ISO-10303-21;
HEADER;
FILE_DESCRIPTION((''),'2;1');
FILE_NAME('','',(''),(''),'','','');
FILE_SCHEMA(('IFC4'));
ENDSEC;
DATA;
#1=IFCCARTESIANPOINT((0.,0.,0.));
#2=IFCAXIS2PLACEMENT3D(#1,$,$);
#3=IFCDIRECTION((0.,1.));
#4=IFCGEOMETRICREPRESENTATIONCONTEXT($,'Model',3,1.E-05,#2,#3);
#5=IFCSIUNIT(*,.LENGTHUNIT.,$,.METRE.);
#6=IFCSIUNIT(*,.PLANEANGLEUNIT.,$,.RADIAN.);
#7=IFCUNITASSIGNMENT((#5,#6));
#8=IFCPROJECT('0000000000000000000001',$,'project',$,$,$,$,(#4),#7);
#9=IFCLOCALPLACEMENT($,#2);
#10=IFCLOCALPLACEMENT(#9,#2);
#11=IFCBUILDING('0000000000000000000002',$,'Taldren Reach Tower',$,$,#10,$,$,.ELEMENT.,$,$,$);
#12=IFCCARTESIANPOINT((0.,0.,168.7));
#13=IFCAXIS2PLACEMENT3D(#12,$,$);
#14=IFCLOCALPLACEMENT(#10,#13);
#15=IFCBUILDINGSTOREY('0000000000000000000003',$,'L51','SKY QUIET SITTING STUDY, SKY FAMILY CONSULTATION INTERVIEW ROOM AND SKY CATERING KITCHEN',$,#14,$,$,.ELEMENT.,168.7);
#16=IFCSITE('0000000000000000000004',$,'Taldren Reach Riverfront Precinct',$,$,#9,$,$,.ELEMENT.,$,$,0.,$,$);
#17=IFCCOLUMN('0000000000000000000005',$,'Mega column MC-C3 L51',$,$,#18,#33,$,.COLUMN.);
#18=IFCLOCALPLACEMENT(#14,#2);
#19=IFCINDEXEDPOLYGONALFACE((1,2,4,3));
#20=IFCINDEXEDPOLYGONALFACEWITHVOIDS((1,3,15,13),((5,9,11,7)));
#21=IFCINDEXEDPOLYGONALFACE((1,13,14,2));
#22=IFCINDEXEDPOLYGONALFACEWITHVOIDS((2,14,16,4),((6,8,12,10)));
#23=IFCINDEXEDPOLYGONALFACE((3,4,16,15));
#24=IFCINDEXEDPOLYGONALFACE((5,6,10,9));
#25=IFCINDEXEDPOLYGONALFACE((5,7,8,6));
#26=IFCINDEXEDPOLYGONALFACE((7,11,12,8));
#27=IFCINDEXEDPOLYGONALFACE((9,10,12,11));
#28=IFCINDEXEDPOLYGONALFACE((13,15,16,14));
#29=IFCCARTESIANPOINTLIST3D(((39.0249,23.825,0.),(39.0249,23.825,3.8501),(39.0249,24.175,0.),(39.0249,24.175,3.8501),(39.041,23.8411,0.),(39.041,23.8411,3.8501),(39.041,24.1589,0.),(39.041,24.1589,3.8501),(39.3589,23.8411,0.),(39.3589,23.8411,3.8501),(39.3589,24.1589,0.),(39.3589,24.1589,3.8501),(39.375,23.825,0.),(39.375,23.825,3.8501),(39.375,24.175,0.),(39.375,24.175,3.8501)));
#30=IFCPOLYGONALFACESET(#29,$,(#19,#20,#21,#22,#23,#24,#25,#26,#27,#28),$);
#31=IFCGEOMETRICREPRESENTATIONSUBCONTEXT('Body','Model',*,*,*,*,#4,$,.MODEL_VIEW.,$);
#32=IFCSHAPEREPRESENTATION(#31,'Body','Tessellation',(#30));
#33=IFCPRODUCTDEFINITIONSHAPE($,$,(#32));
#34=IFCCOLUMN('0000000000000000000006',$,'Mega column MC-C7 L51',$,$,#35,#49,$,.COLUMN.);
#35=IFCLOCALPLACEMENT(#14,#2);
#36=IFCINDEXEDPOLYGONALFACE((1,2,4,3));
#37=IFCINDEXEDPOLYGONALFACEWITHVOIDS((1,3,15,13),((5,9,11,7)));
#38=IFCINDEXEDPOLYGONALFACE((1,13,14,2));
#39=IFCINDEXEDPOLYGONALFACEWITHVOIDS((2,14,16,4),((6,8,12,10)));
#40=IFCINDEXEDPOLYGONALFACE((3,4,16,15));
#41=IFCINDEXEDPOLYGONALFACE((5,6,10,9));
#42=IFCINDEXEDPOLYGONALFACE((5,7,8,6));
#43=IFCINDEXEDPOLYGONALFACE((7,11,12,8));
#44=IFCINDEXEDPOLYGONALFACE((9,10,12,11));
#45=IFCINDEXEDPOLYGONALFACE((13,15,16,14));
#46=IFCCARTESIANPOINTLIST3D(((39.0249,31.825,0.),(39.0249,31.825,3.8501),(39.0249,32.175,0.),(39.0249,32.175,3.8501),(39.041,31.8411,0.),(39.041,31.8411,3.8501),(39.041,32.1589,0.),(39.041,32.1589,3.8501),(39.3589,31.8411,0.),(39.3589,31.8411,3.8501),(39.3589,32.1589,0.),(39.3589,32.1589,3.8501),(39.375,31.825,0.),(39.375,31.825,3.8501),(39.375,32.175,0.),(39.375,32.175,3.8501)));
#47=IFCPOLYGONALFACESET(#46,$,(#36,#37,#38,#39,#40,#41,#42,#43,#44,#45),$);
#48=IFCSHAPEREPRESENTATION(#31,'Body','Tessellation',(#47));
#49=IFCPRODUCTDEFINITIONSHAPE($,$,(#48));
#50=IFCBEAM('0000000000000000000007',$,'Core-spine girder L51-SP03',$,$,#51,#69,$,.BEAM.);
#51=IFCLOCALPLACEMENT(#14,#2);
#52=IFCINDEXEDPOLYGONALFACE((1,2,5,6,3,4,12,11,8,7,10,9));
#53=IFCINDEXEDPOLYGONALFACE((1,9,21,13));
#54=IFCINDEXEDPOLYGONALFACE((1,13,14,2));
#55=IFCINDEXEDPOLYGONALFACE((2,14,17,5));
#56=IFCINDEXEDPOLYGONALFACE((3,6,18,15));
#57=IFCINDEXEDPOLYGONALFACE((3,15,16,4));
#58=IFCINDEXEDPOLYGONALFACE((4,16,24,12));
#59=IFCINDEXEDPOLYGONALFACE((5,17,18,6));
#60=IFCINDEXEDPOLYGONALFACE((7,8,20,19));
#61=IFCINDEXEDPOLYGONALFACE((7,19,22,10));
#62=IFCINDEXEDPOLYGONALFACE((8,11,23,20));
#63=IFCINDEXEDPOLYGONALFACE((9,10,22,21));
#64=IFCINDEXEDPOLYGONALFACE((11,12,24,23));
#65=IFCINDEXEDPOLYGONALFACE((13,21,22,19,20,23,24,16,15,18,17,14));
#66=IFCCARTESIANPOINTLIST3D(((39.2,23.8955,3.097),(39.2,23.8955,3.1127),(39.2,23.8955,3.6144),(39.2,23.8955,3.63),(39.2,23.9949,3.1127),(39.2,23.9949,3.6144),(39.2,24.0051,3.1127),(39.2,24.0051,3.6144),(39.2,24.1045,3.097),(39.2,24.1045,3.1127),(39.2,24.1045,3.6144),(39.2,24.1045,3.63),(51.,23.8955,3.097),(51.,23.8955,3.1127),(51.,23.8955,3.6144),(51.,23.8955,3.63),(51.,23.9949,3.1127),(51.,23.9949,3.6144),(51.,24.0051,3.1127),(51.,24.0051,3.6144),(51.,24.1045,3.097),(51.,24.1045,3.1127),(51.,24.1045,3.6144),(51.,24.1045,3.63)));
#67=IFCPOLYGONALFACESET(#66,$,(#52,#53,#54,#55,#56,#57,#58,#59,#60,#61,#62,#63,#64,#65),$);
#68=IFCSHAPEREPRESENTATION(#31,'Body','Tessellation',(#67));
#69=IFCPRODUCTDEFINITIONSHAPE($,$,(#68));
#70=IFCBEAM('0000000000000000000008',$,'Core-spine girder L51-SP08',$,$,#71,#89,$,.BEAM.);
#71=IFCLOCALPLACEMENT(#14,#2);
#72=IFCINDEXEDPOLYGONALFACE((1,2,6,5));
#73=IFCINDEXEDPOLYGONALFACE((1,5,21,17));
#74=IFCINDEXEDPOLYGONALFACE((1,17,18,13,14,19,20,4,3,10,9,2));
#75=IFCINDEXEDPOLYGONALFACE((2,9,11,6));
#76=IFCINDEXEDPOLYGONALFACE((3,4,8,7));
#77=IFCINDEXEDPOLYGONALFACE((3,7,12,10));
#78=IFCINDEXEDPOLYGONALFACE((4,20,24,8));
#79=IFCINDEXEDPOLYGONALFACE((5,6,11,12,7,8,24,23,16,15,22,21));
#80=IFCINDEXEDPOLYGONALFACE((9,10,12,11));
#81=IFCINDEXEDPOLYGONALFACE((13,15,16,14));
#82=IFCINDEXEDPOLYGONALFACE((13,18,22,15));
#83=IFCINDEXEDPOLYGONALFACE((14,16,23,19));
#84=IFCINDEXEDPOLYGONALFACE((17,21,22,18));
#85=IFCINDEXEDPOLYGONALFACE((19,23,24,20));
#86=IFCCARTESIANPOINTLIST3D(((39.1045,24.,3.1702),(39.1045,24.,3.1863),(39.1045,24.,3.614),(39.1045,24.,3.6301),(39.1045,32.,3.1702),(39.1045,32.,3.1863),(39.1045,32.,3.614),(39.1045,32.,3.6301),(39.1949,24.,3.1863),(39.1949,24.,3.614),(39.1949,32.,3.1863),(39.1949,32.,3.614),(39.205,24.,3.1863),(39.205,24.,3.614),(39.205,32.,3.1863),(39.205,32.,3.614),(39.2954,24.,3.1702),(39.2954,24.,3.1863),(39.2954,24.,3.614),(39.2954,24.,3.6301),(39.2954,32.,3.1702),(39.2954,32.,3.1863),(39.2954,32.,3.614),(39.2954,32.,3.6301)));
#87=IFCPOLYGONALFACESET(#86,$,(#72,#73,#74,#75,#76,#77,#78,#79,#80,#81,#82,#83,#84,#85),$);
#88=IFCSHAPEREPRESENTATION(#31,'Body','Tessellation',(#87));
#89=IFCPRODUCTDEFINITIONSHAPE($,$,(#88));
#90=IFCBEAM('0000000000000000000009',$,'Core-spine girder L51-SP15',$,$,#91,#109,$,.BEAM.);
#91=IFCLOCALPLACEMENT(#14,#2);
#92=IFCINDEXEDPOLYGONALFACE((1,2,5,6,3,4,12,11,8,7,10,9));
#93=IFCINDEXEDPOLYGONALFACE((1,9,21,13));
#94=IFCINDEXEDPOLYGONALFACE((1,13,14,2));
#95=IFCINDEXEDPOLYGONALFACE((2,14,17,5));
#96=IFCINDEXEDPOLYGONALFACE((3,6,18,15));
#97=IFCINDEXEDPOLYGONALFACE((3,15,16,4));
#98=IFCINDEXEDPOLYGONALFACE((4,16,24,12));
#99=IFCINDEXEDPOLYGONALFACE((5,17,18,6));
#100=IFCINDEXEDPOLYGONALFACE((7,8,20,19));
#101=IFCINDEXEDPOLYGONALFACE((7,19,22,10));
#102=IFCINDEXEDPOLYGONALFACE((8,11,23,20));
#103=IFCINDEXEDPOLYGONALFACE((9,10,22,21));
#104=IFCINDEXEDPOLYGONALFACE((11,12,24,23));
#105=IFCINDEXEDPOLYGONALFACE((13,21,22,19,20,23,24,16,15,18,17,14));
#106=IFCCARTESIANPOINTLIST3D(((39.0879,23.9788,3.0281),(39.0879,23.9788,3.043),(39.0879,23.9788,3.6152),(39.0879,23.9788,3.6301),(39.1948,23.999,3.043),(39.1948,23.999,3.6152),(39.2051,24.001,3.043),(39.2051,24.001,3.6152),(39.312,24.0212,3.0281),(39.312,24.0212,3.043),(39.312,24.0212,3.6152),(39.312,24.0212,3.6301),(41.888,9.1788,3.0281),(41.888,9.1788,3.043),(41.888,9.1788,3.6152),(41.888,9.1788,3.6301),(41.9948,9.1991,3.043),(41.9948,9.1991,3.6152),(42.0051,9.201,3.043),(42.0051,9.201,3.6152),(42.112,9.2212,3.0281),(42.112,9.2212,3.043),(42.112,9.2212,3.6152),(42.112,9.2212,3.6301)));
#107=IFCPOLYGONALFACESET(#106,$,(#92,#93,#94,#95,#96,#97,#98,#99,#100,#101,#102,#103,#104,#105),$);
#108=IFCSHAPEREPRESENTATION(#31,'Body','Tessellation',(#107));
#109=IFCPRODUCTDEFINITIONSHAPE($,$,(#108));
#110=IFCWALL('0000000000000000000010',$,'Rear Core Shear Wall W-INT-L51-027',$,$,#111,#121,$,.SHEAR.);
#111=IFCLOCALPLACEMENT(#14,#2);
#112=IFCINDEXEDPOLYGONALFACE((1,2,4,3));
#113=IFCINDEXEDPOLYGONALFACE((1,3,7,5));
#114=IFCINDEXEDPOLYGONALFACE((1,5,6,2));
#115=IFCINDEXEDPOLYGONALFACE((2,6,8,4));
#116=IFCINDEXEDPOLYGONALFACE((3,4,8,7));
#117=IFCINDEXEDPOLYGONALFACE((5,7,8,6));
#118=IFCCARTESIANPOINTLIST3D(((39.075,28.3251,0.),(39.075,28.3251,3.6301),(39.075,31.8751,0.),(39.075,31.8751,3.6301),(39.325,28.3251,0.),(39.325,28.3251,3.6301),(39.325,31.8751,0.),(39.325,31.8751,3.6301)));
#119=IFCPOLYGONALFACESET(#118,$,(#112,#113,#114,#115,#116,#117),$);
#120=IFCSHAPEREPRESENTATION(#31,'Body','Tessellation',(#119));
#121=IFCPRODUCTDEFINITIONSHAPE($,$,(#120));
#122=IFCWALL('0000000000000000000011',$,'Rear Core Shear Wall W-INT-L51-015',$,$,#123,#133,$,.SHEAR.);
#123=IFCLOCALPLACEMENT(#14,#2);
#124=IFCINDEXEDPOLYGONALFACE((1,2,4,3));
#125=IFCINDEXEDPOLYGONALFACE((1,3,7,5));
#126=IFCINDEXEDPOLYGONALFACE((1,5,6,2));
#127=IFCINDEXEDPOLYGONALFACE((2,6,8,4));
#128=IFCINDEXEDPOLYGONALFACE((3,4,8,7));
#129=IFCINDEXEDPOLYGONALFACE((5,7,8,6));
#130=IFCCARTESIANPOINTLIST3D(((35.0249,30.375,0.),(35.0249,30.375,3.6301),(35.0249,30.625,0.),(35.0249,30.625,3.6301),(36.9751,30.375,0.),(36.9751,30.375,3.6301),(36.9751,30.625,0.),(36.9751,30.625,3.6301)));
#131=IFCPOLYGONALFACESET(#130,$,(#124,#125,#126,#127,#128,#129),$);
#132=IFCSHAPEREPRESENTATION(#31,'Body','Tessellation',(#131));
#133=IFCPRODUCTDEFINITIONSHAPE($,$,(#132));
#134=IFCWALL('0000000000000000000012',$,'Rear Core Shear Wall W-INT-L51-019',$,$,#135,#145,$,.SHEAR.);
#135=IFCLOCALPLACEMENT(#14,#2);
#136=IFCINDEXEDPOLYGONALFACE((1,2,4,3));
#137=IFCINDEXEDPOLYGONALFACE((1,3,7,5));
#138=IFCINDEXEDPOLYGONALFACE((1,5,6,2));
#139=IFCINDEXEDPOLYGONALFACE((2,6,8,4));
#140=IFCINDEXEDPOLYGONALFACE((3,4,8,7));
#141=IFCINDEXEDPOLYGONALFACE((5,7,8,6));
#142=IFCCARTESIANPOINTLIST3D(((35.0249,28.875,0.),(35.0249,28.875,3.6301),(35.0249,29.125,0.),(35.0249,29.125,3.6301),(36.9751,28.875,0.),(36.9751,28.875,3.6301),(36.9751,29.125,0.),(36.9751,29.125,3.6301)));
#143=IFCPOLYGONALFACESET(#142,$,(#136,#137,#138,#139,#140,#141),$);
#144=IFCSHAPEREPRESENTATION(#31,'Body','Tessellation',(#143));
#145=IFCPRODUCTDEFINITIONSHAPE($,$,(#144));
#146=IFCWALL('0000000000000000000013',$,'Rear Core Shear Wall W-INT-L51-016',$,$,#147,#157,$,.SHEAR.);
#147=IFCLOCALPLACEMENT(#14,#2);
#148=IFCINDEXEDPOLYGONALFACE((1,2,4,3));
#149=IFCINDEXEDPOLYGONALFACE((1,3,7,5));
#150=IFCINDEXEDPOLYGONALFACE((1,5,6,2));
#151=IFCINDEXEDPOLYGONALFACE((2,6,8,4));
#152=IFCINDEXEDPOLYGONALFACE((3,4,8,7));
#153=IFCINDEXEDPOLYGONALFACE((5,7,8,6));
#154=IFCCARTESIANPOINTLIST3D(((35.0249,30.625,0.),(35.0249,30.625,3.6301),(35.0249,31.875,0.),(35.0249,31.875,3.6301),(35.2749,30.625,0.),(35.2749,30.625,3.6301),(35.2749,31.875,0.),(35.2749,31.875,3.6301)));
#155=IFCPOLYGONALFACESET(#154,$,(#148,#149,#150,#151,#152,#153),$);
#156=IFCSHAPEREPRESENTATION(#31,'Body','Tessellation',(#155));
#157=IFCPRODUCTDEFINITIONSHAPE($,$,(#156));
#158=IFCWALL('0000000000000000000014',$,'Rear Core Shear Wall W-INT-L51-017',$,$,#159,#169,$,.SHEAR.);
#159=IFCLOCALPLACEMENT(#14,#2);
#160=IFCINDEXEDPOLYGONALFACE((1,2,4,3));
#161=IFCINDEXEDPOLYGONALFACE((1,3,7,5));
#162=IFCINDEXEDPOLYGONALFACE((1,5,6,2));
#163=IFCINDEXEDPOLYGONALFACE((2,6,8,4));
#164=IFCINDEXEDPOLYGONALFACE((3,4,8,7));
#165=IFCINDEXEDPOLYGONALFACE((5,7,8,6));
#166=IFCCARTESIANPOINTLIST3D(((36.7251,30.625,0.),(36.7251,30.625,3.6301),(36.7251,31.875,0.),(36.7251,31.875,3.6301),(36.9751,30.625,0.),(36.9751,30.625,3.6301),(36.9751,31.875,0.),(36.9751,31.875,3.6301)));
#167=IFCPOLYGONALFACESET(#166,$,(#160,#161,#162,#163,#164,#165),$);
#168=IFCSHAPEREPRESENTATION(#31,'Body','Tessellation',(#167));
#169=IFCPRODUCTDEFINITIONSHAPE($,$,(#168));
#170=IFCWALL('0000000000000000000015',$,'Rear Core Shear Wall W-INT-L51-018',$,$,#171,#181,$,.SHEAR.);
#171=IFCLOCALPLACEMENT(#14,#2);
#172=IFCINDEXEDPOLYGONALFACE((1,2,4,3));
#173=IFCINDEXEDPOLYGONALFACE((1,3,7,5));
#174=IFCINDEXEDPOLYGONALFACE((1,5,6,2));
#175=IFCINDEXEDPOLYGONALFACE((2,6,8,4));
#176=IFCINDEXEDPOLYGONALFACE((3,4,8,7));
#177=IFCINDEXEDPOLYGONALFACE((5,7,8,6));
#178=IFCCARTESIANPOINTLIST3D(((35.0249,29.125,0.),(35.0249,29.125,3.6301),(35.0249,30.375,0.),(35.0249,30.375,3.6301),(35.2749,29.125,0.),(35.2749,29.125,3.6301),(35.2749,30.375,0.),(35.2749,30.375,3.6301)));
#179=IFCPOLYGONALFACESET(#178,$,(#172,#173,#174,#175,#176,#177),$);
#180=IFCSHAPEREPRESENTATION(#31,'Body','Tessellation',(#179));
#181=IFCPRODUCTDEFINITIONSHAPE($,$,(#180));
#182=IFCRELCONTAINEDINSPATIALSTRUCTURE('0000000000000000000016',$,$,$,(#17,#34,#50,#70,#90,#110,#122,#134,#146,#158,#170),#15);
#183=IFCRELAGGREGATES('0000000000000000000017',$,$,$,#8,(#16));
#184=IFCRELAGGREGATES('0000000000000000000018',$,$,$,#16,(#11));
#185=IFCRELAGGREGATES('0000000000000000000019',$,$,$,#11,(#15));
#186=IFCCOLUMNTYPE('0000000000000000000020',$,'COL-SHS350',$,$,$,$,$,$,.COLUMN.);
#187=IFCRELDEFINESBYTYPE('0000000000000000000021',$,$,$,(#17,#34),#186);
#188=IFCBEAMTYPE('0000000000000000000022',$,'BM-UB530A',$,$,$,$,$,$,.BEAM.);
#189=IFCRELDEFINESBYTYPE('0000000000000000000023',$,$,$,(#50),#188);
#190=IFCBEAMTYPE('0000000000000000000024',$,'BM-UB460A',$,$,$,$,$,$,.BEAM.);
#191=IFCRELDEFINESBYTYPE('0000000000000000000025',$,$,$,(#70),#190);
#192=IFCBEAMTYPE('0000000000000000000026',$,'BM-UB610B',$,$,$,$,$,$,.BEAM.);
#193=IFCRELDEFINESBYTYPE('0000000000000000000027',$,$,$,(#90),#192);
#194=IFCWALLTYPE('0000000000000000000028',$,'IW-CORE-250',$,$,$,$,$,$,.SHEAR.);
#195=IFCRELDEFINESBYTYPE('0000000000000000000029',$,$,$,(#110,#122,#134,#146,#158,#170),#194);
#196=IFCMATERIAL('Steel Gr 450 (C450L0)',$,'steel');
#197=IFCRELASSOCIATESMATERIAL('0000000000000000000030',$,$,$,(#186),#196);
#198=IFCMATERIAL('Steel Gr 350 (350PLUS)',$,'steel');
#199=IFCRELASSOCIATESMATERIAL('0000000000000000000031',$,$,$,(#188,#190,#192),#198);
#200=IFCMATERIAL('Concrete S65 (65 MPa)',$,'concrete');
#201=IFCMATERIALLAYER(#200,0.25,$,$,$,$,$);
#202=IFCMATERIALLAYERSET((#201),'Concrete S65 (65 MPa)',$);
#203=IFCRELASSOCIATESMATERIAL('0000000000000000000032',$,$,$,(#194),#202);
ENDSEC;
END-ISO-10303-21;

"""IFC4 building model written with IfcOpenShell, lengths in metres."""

from ifc_helpers import new_model, si_unit, direction, frame, frame_2d, origin, origin_2d, place, context, subcontext, project, spatial, rectangle, hollow_rectangle, i_section, extrude, source, transform, mapped, material, layer, layer_set, material_profile, profile_set, type_object, element, save


model = new_model("IFC4")

# Units and contexts
model_context = context("Model", 3, precision=1e-05, world=origin(), true_north=direction((0.0, 1.0)))
body_context = subcontext(model_context, "Body", "Model", "MODEL_VIEW")
ifc_project = project(units=[si_unit("LENGTHUNIT", "METRE"), si_unit("PLANEANGLEUNIT", "RADIAN")], contexts=[model_context])

# Site, building, storey
site_placement = place(None, origin())
site = spatial("IfcSite", under=ifc_project, at=site_placement, Name="Taldren Reach Riverfront Precinct", CompositionType="ELEMENT", RefElevation=0.0)
building_placement = place(site_placement, origin())
building = spatial("IfcBuilding", under=site, at=building_placement, Name="Taldren Reach Tower", CompositionType="ELEMENT")
storey_placement = place(building_placement, frame((0.0, 0.0, 168.7)))
storey = spatial("IfcBuildingStorey", under=building, at=storey_placement, Name="L51", Description="SKY QUIET SITTING STUDY, SKY FAMILY CONSULTATION INTERVIEW ROOM AND SKY CATERING KITCHEN", CompositionType="ELEMENT", Elevation=168.7)

# Columns
ifc_material_1 = material(Name="Steel Gr 450 (C450L0)", Category="steel")
ifc_material_profile_1 = material_profile(ifc_material_1, hollow_rectangle(XDim=0.3501, YDim=0.3501, WallThickness=0.0161, at=origin_2d()), Name="350x350x16.0SHS")
ifc_profile_set_1 = profile_set([ifc_material_profile_1], Name="Steel Gr 450 (C450L0)")
column_type = type_object("IfcColumnType", Name="COL-SHS350", PredefinedType="COLUMN", material=ifc_profile_set_1)
shared_shape_1 = source(origin(), body_context, "Body", "SweptSolid", [
    extrude(hollow_rectangle(XDim=0.3501, YDim=0.3501, WallThickness=0.0161, at=origin_2d()), origin(), (0.0, 0.0, 1.0), 3.8501),
])
for number, where, z_axis, x_axis, name in (
    (1, (39.2, 24.0, 0.0), (0.0, 0.0, 1.0), (1.0, 0.0, 0.0), "Mega column MC-C3 L51"),
    (2, (39.2, 32.0, 0.0), (0.0, 0.0, 1.0), (1.0, 0.0, 0.0), "Mega column MC-C7 L51"),
):
    element("IfcColumn", number, at=place(storey_placement, frame(where, z_axis=z_axis, x_axis=x_axis)), inside=storey, type_object=column_type, Name=name, PredefinedType="COLUMN", context=body_context, shape_type="MappedRepresentation", body=[
        mapped(shared_shape_1, transform((0.0, 0.0, 0.0), scale=1.0)),
    ])

# Beams
ifc_material_2 = material(Name="Steel Gr 350 (350PLUS)", Category="steel")
ifc_material_profile_2 = material_profile(ifc_material_2, i_section(OverallWidth=0.209, OverallDepth=0.533, WebThickness=0.0103, FlangeThickness=0.0156, at=origin_2d()), Name="530UB92.4")
ifc_profile_set_2 = profile_set([ifc_material_profile_2], Name="Steel Gr 350 (350PLUS)")
beam_type_1 = type_object("IfcBeamType", Name="BM-UB530A", PredefinedType="BEAM", material=ifc_profile_set_2)
shared_shape_2 = source(origin(), body_context, "Body", "SweptSolid", [
    extrude(i_section(OverallWidth=0.209, OverallDepth=0.533, WebThickness=0.0103, FlangeThickness=0.0156, at=origin_2d()), origin(), (0.0, 0.0, 1.0), 11.8),
])
beam_1_placement = place(storey_placement, frame((39.2, 24.0, 3.3635), z_axis=(1.0, 0.0, 0.0), x_axis=(0.0, 1.0, 0.0)))
element("IfcBeam", 3, at=beam_1_placement, inside=storey, type_object=beam_type_1, Name="Core-spine girder L51-SP03", PredefinedType="BEAM", context=body_context, shape_type="MappedRepresentation", body=[
    mapped(shared_shape_2, transform((0.0, 0.0, 0.0), scale=1.0)),
])
ifc_material_profile_3 = material_profile(ifc_material_2, i_section(OverallWidth=0.1909, OverallDepth=0.46, WebThickness=0.01, FlangeThickness=0.0161, at=origin_2d()), Name="460UB82.1")
ifc_profile_set_3 = profile_set([ifc_material_profile_3], Name="Steel Gr 350 (350PLUS)")
beam_type_2 = type_object("IfcBeamType", Name="BM-UB460A", PredefinedType="BEAM", material=ifc_profile_set_3)
shared_shape_3 = source(origin(), body_context, "Body", "SweptSolid", [
    extrude(i_section(OverallWidth=0.1909, OverallDepth=0.46, WebThickness=0.01, FlangeThickness=0.0161, at=origin_2d()), origin(), (0.0, 0.0, 1.0), 8.0),
])
beam_2_placement = place(storey_placement, frame((39.2, 24.0, 3.4001), z_axis=(0.0, 1.0, 0.0), x_axis=(-1.0, 0.0, 0.0)))
element("IfcBeam", 4, at=beam_2_placement, inside=storey, type_object=beam_type_2, Name="Core-spine girder L51-SP08", PredefinedType="BEAM", context=body_context, shape_type="MappedRepresentation", body=[
    mapped(shared_shape_3, transform((0.0, 0.0, 0.0), scale=1.0)),
])
ifc_material_profile_4 = material_profile(ifc_material_2, i_section(OverallWidth=0.228, OverallDepth=0.6021, WebThickness=0.0105, FlangeThickness=0.0149, at=origin_2d()), Name="610UB101")
ifc_profile_set_4 = profile_set([ifc_material_profile_4], Name="Steel Gr 350 (350PLUS)")
beam_type_3 = type_object("IfcBeamType", Name="BM-UB610B", PredefinedType="BEAM", material=ifc_profile_set_4)
shared_shape_4 = source(origin(), body_context, "Body", "SweptSolid", [
    extrude(i_section(OverallWidth=0.228, OverallDepth=0.6021, WebThickness=0.0105, FlangeThickness=0.0149, at=origin_2d()), origin(), (0.0, 0.0, 1.0), 15.0625),
])
beam_3_placement = place(storey_placement, frame((39.2, 24.0, 3.3291), z_axis=(0.185894, -0.98257, 0.0), x_axis=(0.98257, 0.185894, 0.0)))
element("IfcBeam", 5, at=beam_3_placement, inside=storey, type_object=beam_type_3, Name="Core-spine girder L51-SP15", PredefinedType="BEAM", context=body_context, shape_type="MappedRepresentation", body=[
    mapped(shared_shape_4, transform((0.0, 0.0, 0.0), scale=1.0)),
])

# Walls
ifc_material_3 = material(Name="Concrete S65 (65 MPa)", Category="concrete")
ifc_layer_1 = layer(ifc_material_3, 0.25)
ifc_layer_set_1 = layer_set([ifc_layer_1], Name="Concrete S65 (65 MPa)")
wall_type_1 = type_object("IfcWallType", Name="IW-CORE-250", PredefinedType="SHEAR", material=ifc_layer_set_1)
shared_shape_5 = source(origin(), body_context, "Body", "SweptSolid", [
    extrude(rectangle(XDim=3.55, YDim=0.25, at=frame_2d((1.7749, 0.0))), origin(), (0.0, 0.0, 1.0), 3.6301),
])
wall_1_placement = place(storey_placement, frame((39.2, 31.875, 0.0), z_axis=(0.0, 0.0, 1.0), x_axis=(0.0, -1.0, 0.0)))
element("IfcWall", 6, at=wall_1_placement, inside=storey, type_object=wall_type_1, Name="Rear Core Shear Wall W-INT-L51-027", PredefinedType="SHEAR", context=body_context, shape_type="MappedRepresentation", body=[
    mapped(shared_shape_5, transform((0.0, 0.0, 0.0), scale=1.0)),
])
shared_shape_6 = source(origin(), body_context, "Body", "SweptSolid", [
    extrude(rectangle(XDim=1.9502, YDim=0.25, at=frame_2d((0.9751, 0.0))), origin(), (0.0, 0.0, 1.0), 3.6301),
])
for number, where, z_axis, x_axis, name in (
    (7, (35.0249, 30.5, 0.0), (0.0, 0.0, 1.0), (1.0, 0.0, 0.0), "Rear Core Shear Wall W-INT-L51-015"),
    (8, (35.0249, 29.0, 0.0), (0.0, 0.0, 1.0), (1.0, 0.0, 0.0), "Rear Core Shear Wall W-INT-L51-019"),
):
    element("IfcWall", number, at=place(storey_placement, frame(where, z_axis=z_axis, x_axis=x_axis)), inside=storey, type_object=wall_type_1, Name=name, PredefinedType="SHEAR", context=body_context, shape_type="MappedRepresentation", body=[
        mapped(shared_shape_6, transform((0.0, 0.0, 0.0), scale=1.0)),
    ])
shared_shape_7 = source(origin(), body_context, "Body", "SweptSolid", [
    extrude(rectangle(XDim=1.25, YDim=0.25, at=frame_2d((0.625, 0.0))), origin(), (0.0, 0.0, 1.0), 3.6301),
])
for number, where, z_axis, x_axis, name in (
    (9, (35.1499, 31.875, 0.0), (0.0, 0.0, 1.0), (0.0, -1.0, 0.0), "Rear Core Shear Wall W-INT-L51-016"),
    (10, (36.8501, 30.625, 0.0), (0.0, 0.0, 1.0), (0.0, 1.0, 0.0), "Rear Core Shear Wall W-INT-L51-017"),
    (11, (35.1499, 30.375, 0.0), (0.0, 0.0, 1.0), (0.0, -1.0, 0.0), "Rear Core Shear Wall W-INT-L51-018"),
):
    element("IfcWall", number, at=place(storey_placement, frame(where, z_axis=z_axis, x_axis=x_axis)), inside=storey, type_object=wall_type_1, Name=name, PredefinedType="SHEAR", context=body_context, shape_type="MappedRepresentation", body=[
        mapped(shared_shape_7, transform((0.0, 0.0, 0.0), scale=1.0)),
    ])

save(model, "model.ifc")
